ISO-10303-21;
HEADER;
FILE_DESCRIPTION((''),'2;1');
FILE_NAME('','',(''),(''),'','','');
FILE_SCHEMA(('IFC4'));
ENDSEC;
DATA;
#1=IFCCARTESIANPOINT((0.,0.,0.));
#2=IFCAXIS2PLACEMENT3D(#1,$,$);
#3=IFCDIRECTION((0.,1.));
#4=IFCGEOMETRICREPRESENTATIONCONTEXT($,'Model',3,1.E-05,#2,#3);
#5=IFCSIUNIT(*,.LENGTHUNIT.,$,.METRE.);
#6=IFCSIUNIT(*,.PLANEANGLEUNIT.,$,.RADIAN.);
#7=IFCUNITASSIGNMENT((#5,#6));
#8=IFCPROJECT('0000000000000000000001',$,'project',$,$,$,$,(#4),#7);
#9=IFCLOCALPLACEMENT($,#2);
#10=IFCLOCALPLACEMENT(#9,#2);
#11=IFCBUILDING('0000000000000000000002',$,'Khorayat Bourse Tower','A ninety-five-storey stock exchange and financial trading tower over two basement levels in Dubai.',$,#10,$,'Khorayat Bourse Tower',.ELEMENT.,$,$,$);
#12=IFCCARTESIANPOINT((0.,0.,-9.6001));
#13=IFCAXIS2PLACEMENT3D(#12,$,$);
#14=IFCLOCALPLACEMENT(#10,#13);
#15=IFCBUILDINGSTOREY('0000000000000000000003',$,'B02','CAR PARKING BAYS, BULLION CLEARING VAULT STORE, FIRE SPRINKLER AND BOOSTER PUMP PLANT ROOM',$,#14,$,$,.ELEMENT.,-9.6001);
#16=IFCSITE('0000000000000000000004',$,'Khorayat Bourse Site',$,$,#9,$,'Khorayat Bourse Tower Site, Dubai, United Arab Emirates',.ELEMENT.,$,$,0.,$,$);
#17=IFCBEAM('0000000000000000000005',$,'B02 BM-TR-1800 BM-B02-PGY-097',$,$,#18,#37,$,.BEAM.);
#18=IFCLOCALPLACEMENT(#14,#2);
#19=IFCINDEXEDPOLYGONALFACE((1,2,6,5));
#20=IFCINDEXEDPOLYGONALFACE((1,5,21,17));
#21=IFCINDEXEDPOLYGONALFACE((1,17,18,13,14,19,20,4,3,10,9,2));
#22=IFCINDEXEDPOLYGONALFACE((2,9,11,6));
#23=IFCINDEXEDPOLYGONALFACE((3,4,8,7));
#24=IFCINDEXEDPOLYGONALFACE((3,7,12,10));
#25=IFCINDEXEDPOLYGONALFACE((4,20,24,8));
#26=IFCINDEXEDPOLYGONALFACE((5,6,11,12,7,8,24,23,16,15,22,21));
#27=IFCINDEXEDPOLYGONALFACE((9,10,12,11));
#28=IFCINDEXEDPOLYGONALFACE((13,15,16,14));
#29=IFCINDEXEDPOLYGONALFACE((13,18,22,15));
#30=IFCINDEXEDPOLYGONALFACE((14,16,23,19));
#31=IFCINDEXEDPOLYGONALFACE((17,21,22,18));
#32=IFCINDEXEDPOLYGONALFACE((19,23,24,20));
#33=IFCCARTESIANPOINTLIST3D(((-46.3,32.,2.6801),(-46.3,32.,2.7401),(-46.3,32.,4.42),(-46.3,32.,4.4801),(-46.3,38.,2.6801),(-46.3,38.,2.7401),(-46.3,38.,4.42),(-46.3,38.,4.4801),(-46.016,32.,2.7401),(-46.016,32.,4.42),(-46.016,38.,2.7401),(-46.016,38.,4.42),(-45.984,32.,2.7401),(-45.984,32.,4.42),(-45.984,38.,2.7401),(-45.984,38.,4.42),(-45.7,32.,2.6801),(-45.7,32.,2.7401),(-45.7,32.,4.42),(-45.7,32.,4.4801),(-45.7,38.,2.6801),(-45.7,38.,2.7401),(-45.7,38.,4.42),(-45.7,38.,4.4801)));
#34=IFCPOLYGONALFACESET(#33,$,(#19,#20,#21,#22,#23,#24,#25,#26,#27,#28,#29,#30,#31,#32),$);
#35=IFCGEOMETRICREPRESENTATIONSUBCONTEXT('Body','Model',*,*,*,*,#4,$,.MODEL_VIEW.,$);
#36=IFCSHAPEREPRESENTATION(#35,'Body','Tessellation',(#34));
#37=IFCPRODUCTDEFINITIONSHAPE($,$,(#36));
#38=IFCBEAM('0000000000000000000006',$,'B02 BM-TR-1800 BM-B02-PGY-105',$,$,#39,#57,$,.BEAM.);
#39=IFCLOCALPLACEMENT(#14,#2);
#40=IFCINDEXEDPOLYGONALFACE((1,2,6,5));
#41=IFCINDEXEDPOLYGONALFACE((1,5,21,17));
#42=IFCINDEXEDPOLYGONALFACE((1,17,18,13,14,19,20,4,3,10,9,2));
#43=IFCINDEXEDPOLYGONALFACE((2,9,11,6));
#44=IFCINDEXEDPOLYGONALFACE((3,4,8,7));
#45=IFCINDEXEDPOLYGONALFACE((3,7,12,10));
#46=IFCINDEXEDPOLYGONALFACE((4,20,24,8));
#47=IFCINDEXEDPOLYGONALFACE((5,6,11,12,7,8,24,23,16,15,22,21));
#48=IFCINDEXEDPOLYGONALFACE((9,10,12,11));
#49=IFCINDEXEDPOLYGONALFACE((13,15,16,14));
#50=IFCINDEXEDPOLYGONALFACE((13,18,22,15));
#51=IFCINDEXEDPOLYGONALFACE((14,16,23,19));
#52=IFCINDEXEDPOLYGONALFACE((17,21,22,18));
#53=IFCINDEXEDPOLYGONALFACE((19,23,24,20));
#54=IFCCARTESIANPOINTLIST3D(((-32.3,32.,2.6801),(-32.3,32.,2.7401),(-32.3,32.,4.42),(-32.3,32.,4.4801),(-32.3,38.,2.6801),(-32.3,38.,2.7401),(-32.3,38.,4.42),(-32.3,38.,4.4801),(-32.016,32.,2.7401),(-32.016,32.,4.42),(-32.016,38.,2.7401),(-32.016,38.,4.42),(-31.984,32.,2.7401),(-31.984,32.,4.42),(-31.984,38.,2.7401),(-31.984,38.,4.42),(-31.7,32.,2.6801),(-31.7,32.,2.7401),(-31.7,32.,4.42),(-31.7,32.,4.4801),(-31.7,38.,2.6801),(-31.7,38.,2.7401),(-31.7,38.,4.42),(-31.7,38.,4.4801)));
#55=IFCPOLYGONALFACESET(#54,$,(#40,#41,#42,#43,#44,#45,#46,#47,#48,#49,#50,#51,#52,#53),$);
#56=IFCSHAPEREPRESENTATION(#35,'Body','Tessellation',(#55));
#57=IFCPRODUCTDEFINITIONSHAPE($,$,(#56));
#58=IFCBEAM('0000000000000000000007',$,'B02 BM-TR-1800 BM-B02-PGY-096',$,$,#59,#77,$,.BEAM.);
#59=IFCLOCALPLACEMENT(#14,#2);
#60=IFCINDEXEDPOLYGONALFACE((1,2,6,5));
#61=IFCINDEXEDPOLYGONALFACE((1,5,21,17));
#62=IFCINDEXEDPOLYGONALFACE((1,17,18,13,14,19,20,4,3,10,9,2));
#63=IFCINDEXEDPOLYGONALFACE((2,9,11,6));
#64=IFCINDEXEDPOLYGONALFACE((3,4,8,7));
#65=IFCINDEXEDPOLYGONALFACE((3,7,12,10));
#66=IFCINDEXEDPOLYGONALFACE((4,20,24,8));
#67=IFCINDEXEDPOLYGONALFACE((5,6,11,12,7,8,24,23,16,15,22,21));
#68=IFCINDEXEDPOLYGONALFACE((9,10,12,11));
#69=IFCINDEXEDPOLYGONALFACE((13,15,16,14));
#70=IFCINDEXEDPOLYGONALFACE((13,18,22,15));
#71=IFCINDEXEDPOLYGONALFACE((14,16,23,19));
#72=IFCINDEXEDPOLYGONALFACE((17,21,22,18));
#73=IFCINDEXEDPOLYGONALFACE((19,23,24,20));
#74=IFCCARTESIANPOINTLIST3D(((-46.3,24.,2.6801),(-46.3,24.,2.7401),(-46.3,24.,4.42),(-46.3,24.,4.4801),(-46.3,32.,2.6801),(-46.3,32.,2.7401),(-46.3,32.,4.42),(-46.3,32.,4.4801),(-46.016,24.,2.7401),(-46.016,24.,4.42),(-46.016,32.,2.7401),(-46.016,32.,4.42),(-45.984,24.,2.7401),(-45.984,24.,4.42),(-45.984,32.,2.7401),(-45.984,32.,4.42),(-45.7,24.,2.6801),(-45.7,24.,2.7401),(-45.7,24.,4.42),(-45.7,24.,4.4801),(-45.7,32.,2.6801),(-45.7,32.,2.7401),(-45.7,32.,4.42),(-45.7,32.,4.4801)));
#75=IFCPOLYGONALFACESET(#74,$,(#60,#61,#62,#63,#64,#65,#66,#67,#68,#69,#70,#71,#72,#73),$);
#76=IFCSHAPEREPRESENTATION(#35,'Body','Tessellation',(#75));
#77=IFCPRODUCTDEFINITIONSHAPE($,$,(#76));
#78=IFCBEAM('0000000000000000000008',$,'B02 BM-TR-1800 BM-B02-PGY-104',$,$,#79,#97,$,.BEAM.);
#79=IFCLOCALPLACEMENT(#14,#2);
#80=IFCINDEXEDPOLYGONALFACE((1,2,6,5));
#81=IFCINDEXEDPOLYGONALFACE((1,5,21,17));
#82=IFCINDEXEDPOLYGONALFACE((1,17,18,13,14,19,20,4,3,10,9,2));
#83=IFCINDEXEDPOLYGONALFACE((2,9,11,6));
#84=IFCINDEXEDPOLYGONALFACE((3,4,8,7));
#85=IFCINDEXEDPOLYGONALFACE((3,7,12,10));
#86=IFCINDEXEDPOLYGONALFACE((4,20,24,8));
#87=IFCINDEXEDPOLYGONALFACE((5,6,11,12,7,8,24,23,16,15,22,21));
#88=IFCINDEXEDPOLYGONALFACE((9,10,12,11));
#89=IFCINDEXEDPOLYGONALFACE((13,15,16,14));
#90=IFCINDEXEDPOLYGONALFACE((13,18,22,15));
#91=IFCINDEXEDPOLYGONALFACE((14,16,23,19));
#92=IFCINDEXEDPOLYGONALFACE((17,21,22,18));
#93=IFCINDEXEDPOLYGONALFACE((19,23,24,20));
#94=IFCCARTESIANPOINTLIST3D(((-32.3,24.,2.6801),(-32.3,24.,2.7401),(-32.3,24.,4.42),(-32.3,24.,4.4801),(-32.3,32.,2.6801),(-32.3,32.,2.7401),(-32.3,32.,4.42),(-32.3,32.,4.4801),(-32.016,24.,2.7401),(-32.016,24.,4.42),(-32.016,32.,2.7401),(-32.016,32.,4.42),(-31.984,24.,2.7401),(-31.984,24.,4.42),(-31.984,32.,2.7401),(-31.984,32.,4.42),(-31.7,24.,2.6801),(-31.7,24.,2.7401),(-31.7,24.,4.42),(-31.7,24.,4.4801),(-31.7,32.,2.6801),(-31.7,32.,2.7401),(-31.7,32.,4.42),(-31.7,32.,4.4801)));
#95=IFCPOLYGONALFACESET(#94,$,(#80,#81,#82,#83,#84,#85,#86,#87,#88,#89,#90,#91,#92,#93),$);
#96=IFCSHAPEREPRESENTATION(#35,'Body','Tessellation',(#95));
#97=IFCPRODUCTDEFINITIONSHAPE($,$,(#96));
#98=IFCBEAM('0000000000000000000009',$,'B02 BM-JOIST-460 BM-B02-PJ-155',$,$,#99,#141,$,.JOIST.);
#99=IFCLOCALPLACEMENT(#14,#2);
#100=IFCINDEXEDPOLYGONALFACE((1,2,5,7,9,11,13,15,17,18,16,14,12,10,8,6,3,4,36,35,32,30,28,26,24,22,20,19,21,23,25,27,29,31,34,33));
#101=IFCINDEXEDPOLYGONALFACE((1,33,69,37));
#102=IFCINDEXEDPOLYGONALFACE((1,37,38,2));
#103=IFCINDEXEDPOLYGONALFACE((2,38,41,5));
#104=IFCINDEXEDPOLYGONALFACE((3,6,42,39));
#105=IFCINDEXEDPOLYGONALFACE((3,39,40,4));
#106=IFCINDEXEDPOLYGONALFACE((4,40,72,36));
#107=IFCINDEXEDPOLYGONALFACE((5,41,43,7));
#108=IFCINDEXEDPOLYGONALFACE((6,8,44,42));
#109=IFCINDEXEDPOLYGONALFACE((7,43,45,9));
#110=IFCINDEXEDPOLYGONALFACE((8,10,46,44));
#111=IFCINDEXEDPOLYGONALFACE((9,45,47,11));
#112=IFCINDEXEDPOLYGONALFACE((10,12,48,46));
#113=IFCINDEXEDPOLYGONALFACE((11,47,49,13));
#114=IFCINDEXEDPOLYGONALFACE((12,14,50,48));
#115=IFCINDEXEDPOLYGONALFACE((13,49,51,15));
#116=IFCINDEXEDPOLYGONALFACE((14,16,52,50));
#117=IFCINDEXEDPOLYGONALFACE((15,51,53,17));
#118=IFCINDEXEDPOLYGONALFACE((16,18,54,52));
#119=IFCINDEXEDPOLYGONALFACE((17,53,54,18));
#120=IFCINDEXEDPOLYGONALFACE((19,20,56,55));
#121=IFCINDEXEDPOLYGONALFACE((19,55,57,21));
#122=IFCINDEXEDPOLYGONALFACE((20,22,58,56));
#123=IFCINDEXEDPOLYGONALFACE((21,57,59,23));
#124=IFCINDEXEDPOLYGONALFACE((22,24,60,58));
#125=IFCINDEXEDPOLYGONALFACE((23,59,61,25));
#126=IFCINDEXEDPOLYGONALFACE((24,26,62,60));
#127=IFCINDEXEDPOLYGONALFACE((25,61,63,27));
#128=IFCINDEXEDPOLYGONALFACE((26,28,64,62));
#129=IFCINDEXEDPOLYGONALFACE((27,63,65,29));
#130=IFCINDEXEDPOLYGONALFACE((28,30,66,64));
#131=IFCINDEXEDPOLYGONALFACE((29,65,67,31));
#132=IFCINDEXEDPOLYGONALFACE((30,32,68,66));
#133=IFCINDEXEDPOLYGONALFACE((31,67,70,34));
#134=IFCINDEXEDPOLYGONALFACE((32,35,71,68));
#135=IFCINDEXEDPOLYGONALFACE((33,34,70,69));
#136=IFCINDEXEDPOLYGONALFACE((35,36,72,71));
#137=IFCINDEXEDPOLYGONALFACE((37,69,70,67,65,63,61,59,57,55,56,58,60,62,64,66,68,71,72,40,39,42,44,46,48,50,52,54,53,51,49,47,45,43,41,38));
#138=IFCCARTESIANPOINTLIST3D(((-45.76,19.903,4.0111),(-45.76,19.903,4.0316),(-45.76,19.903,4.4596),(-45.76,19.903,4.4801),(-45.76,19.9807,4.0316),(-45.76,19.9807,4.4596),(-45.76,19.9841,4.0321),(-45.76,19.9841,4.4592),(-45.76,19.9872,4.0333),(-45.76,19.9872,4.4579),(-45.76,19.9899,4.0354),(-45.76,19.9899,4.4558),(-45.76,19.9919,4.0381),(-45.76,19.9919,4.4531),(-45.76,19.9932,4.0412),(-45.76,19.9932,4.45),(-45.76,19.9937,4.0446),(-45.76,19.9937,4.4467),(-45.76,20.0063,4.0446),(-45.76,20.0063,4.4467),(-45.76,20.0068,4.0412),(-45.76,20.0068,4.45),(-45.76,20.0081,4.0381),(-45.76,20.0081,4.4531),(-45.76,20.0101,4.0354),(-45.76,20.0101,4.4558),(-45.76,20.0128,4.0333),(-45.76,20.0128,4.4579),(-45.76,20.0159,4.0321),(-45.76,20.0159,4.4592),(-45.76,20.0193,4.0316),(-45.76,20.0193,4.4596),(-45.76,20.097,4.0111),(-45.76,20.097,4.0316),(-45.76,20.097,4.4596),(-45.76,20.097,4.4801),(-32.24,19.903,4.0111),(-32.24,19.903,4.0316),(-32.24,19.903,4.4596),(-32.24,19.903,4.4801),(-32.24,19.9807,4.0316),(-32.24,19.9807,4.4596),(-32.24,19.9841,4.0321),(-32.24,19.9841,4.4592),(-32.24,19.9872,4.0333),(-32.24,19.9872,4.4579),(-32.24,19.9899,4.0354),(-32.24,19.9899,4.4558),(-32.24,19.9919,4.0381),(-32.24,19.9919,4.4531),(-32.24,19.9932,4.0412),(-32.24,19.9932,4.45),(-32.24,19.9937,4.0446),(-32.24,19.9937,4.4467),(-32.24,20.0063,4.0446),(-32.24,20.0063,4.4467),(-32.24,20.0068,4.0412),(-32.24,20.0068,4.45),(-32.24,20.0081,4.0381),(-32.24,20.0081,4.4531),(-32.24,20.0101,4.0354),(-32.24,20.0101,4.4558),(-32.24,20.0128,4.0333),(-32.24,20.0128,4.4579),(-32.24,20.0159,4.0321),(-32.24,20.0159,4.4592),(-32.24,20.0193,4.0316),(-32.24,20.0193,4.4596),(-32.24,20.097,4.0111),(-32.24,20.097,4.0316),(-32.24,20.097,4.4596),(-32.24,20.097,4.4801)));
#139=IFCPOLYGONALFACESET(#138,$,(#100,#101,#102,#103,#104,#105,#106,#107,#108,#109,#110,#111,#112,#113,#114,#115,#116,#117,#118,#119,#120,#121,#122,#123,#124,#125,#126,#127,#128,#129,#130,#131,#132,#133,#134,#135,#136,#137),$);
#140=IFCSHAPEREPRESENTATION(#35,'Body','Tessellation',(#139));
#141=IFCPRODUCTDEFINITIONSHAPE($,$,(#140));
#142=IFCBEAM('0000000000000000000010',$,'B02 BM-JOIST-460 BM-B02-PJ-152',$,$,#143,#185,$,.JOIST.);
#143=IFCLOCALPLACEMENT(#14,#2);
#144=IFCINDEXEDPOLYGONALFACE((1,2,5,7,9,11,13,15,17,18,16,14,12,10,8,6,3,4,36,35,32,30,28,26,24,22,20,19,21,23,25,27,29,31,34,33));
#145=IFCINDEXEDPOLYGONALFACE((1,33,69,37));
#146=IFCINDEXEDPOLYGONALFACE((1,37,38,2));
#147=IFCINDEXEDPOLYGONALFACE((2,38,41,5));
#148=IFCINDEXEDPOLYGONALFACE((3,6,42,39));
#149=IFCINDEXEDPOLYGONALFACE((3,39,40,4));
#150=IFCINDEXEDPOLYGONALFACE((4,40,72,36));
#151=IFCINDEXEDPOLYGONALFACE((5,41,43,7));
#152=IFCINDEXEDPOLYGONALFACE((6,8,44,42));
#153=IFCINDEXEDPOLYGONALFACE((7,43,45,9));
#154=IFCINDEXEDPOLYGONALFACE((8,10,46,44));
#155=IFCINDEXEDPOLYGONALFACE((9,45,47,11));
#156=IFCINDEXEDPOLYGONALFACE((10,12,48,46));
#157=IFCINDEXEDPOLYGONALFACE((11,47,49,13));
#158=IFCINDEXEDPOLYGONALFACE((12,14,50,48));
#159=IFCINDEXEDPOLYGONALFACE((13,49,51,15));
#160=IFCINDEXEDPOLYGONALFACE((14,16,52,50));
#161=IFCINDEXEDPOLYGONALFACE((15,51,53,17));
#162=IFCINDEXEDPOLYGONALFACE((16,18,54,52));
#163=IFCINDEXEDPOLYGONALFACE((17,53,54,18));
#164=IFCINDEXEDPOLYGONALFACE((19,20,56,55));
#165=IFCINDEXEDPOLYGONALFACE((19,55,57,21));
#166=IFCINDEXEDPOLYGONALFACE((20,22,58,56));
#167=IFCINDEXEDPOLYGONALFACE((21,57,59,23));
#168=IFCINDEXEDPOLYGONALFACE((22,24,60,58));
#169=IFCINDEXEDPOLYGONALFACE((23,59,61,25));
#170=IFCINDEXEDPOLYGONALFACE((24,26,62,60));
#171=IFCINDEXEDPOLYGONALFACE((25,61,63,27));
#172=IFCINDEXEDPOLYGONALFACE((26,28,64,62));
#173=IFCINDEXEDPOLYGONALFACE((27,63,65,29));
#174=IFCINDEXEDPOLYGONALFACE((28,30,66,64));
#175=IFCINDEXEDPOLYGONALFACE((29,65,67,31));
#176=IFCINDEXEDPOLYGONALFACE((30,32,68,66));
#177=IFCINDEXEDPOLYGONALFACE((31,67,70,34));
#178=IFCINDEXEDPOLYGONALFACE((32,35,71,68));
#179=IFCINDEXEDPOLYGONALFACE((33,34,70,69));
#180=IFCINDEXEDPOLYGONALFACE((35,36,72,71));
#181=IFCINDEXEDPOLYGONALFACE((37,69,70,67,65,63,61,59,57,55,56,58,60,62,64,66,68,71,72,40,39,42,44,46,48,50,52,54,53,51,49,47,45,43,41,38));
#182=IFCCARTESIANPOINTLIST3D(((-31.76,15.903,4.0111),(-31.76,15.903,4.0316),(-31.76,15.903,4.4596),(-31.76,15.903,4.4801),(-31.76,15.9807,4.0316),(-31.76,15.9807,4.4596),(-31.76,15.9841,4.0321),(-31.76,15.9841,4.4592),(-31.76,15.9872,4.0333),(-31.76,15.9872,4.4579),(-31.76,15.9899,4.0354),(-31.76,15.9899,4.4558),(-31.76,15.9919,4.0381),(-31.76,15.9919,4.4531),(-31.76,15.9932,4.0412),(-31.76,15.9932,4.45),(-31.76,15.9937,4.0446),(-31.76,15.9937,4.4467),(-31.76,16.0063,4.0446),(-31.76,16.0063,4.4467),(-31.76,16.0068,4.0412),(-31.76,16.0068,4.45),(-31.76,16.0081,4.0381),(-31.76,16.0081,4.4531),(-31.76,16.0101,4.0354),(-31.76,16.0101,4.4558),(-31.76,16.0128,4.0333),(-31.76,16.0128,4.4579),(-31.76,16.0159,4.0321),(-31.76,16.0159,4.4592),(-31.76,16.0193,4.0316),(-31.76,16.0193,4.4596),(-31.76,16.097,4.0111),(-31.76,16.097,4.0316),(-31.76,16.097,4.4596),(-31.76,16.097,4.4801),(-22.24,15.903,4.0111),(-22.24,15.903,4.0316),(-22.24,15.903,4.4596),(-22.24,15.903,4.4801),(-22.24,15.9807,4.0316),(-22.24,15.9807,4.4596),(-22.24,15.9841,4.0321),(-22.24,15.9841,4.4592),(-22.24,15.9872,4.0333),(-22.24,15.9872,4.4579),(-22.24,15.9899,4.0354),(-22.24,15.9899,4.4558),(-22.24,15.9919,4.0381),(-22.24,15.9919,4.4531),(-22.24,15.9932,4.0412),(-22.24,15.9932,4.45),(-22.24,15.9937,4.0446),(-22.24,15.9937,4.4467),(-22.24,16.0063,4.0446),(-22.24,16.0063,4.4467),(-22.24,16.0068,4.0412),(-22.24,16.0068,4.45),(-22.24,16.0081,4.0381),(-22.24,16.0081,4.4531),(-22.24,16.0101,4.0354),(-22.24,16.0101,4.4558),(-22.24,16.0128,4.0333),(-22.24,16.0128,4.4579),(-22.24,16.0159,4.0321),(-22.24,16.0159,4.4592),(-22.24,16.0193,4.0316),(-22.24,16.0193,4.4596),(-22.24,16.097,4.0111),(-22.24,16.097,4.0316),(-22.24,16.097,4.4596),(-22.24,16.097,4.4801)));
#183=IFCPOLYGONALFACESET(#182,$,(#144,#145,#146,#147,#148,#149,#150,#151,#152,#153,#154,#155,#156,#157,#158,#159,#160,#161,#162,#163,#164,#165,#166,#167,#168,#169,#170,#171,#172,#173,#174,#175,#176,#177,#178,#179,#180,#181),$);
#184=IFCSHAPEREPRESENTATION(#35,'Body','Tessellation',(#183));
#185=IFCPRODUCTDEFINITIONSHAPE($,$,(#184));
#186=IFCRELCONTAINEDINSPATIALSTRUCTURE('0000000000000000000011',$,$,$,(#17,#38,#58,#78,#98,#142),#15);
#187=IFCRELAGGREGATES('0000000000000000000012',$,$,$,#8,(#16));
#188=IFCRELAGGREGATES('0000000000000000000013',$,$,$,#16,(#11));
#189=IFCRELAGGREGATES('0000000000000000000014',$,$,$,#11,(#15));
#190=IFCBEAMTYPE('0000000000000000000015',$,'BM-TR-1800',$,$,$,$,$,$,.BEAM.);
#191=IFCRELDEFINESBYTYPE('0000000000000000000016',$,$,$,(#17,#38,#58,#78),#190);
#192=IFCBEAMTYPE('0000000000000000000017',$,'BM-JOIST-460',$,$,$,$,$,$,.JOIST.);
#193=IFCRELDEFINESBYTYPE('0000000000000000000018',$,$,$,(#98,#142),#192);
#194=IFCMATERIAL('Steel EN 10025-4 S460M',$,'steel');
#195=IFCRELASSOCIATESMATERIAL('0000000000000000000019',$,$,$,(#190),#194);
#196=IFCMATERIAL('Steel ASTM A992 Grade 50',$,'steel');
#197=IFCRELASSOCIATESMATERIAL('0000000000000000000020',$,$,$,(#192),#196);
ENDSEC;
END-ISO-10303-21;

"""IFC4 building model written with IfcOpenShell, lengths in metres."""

from ifc_helpers import new_model, si_unit, direction, frame, origin, origin_2d, place, context, subcontext, project, spatial, i_section, extrude, source, transform, mapped, material, material_profile, profile_set, type_object, element, save


model = new_model("IFC4")

# Units and contexts
model_context = context("Model", 3, precision=1e-05, world=origin(), true_north=direction((0.0, 1.0)))
body_context = subcontext(model_context, "Body", "Model", "MODEL_VIEW")
ifc_project = project(units=[si_unit("LENGTHUNIT", "METRE"), si_unit("PLANEANGLEUNIT", "RADIAN")], contexts=[model_context])

# Site, building, storey
site_placement = place(None, origin())
site = spatial("IfcSite", under=ifc_project, at=site_placement, Name="Khorayat Bourse Site", LongName="Khorayat Bourse Tower Site, Dubai, United Arab Emirates", CompositionType="ELEMENT", RefElevation=0.0)
building_placement = place(site_placement, origin())
building = spatial("IfcBuilding", under=site, at=building_placement, Name="Khorayat Bourse Tower", Description="A ninety-five-storey stock exchange and financial trading tower over two basement levels in Dubai.", LongName="Khorayat Bourse Tower", CompositionType="ELEMENT")
storey_placement = place(building_placement, frame((0.0, 0.0, -9.6001)))
storey = spatial("IfcBuildingStorey", under=building, at=storey_placement, Name="B02", Description="CAR PARKING BAYS, BULLION CLEARING VAULT STORE, FIRE SPRINKLER AND BOOSTER PUMP PLANT ROOM", CompositionType="ELEMENT", Elevation=-9.6001)

# Beams
ifc_material_1 = material(Name="Steel EN 10025-4 S460M", Category="steel")
ifc_material_profile_1 = material_profile(ifc_material_1, i_section(OverallWidth=0.6001, OverallDepth=1.8, WebThickness=0.032, FlangeThickness=0.0601, at=origin_2d()), Name="PG 1800x600x32x60")
ifc_profile_set_1 = profile_set([ifc_material_profile_1], Name="Steel EN 10025-4 S460M")
beam_type_1 = type_object("IfcBeamType", Name="BM-TR-1800", PredefinedType="BEAM", material=ifc_profile_set_1)
shared_shape_1 = source(origin(), body_context, "Body", "SweptSolid", [
    extrude(i_section(OverallWidth=0.6001, OverallDepth=1.8, WebThickness=0.032, FlangeThickness=0.0601, at=origin_2d()), origin(), (0.0, 0.0, 1.0), 6.0),
])
for number, where, z_axis, x_axis, name in (
    (1, (-46.0, 32.0, 3.5801), (0.0, 1.0, 0.0), (-1.0, 0.0, 0.0), "B02 BM-TR-1800 BM-B02-PGY-097"),
    (2, (-32.0, 32.0, 3.5801), (0.0, 1.0, 0.0), (-1.0, 0.0, 0.0), "B02 BM-TR-1800 BM-B02-PGY-105"),
):
    element("IfcBeam", number, at=place(storey_placement, frame(where, z_axis=z_axis, x_axis=x_axis)), inside=storey, type_object=beam_type_1, Name=name, PredefinedType="BEAM", context=body_context, shape_type="MappedRepresentation", body=[
        mapped(shared_shape_1, transform((0.0, 0.0, 0.0), scale=1.0)),
    ])
shared_shape_2 = source(origin(), body_context, "Body", "SweptSolid", [
    extrude(i_section(OverallWidth=0.6001, OverallDepth=1.8, WebThickness=0.032, FlangeThickness=0.0601, at=origin_2d()), origin(), (0.0, 0.0, 1.0), 8.0),
])
for number, where, z_axis, x_axis, name in (
    (3, (-46.0, 24.0, 3.5801), (0.0, 1.0, 0.0), (-1.0, 0.0, 0.0), "B02 BM-TR-1800 BM-B02-PGY-096"),
    (4, (-32.0, 24.0, 3.5801), (0.0, 1.0, 0.0), (-1.0, 0.0, 0.0), "B02 BM-TR-1800 BM-B02-PGY-104"),
):
    element("IfcBeam", number, at=place(storey_placement, frame(where, z_axis=z_axis, x_axis=x_axis)), inside=storey, type_object=beam_type_1, Name=name, PredefinedType="BEAM", context=body_context, shape_type="MappedRepresentation", body=[
        mapped(shared_shape_2, transform((0.0, 0.0, 0.0), scale=1.0)),
    ])
ifc_material_2 = material(Name="Steel ASTM A992 Grade 50", Category="steel")
ifc_material_profile_2 = material_profile(ifc_material_2, i_section(OverallWidth=0.1941, OverallDepth=0.469, WebThickness=0.0127, FlangeThickness=0.0205, FilletRadius=0.0129, at=origin_2d()), Name="W460X106")
ifc_profile_set_2 = profile_set([ifc_material_profile_2], Name="Steel ASTM A992 Grade 50")
beam_type_2 = type_object("IfcBeamType", Name="BM-JOIST-460", PredefinedType="JOIST", material=ifc_profile_set_2)
shared_shape_3 = source(origin(), body_context, "Body", "SweptSolid", [
    extrude(i_section(OverallWidth=0.1941, OverallDepth=0.469, WebThickness=0.0127, FlangeThickness=0.0205, FilletRadius=0.0129, at=origin_2d()), origin(), (0.0, 0.0, 1.0), 13.52),
])
beam_1_placement = place(storey_placement, frame((-45.76, 20.0, 4.2456), z_axis=(1.0, 0.0, 0.0), x_axis=(0.0, 1.0, 0.0)))
element("IfcBeam", 5, at=beam_1_placement, inside=storey, type_object=beam_type_2, Name="B02 BM-JOIST-460 BM-B02-PJ-155", PredefinedType="JOIST", context=body_context, shape_type="MappedRepresentation", body=[
    mapped(shared_shape_3, transform((0.0, 0.0, 0.0), scale=1.0)),
])
shared_shape_4 = source(origin(), body_context, "Body", "SweptSolid", [
    extrude(i_section(OverallWidth=0.1941, OverallDepth=0.469, WebThickness=0.0127, FlangeThickness=0.0205, FilletRadius=0.0129, at=origin_2d()), origin(), (0.0, 0.0, 1.0), 9.52),
])
for number, where, z_axis, x_axis, name in (
    (6, (-31.76, 16.0, 4.2456), (1.0, 0.0, 0.0), (0.0, 1.0, 0.0), "B02 BM-JOIST-460 BM-B02-PJ-152"),
):
    element("IfcBeam", number, at=place(storey_placement, frame(where, z_axis=z_axis, x_axis=x_axis)), inside=storey, type_object=beam_type_2, Name=name, PredefinedType="JOIST", context=body_context, shape_type="MappedRepresentation", body=[
        mapped(shared_shape_4, transform((0.0, 0.0, 0.0), scale=1.0)),
    ])

save(model, "model.ifc")
